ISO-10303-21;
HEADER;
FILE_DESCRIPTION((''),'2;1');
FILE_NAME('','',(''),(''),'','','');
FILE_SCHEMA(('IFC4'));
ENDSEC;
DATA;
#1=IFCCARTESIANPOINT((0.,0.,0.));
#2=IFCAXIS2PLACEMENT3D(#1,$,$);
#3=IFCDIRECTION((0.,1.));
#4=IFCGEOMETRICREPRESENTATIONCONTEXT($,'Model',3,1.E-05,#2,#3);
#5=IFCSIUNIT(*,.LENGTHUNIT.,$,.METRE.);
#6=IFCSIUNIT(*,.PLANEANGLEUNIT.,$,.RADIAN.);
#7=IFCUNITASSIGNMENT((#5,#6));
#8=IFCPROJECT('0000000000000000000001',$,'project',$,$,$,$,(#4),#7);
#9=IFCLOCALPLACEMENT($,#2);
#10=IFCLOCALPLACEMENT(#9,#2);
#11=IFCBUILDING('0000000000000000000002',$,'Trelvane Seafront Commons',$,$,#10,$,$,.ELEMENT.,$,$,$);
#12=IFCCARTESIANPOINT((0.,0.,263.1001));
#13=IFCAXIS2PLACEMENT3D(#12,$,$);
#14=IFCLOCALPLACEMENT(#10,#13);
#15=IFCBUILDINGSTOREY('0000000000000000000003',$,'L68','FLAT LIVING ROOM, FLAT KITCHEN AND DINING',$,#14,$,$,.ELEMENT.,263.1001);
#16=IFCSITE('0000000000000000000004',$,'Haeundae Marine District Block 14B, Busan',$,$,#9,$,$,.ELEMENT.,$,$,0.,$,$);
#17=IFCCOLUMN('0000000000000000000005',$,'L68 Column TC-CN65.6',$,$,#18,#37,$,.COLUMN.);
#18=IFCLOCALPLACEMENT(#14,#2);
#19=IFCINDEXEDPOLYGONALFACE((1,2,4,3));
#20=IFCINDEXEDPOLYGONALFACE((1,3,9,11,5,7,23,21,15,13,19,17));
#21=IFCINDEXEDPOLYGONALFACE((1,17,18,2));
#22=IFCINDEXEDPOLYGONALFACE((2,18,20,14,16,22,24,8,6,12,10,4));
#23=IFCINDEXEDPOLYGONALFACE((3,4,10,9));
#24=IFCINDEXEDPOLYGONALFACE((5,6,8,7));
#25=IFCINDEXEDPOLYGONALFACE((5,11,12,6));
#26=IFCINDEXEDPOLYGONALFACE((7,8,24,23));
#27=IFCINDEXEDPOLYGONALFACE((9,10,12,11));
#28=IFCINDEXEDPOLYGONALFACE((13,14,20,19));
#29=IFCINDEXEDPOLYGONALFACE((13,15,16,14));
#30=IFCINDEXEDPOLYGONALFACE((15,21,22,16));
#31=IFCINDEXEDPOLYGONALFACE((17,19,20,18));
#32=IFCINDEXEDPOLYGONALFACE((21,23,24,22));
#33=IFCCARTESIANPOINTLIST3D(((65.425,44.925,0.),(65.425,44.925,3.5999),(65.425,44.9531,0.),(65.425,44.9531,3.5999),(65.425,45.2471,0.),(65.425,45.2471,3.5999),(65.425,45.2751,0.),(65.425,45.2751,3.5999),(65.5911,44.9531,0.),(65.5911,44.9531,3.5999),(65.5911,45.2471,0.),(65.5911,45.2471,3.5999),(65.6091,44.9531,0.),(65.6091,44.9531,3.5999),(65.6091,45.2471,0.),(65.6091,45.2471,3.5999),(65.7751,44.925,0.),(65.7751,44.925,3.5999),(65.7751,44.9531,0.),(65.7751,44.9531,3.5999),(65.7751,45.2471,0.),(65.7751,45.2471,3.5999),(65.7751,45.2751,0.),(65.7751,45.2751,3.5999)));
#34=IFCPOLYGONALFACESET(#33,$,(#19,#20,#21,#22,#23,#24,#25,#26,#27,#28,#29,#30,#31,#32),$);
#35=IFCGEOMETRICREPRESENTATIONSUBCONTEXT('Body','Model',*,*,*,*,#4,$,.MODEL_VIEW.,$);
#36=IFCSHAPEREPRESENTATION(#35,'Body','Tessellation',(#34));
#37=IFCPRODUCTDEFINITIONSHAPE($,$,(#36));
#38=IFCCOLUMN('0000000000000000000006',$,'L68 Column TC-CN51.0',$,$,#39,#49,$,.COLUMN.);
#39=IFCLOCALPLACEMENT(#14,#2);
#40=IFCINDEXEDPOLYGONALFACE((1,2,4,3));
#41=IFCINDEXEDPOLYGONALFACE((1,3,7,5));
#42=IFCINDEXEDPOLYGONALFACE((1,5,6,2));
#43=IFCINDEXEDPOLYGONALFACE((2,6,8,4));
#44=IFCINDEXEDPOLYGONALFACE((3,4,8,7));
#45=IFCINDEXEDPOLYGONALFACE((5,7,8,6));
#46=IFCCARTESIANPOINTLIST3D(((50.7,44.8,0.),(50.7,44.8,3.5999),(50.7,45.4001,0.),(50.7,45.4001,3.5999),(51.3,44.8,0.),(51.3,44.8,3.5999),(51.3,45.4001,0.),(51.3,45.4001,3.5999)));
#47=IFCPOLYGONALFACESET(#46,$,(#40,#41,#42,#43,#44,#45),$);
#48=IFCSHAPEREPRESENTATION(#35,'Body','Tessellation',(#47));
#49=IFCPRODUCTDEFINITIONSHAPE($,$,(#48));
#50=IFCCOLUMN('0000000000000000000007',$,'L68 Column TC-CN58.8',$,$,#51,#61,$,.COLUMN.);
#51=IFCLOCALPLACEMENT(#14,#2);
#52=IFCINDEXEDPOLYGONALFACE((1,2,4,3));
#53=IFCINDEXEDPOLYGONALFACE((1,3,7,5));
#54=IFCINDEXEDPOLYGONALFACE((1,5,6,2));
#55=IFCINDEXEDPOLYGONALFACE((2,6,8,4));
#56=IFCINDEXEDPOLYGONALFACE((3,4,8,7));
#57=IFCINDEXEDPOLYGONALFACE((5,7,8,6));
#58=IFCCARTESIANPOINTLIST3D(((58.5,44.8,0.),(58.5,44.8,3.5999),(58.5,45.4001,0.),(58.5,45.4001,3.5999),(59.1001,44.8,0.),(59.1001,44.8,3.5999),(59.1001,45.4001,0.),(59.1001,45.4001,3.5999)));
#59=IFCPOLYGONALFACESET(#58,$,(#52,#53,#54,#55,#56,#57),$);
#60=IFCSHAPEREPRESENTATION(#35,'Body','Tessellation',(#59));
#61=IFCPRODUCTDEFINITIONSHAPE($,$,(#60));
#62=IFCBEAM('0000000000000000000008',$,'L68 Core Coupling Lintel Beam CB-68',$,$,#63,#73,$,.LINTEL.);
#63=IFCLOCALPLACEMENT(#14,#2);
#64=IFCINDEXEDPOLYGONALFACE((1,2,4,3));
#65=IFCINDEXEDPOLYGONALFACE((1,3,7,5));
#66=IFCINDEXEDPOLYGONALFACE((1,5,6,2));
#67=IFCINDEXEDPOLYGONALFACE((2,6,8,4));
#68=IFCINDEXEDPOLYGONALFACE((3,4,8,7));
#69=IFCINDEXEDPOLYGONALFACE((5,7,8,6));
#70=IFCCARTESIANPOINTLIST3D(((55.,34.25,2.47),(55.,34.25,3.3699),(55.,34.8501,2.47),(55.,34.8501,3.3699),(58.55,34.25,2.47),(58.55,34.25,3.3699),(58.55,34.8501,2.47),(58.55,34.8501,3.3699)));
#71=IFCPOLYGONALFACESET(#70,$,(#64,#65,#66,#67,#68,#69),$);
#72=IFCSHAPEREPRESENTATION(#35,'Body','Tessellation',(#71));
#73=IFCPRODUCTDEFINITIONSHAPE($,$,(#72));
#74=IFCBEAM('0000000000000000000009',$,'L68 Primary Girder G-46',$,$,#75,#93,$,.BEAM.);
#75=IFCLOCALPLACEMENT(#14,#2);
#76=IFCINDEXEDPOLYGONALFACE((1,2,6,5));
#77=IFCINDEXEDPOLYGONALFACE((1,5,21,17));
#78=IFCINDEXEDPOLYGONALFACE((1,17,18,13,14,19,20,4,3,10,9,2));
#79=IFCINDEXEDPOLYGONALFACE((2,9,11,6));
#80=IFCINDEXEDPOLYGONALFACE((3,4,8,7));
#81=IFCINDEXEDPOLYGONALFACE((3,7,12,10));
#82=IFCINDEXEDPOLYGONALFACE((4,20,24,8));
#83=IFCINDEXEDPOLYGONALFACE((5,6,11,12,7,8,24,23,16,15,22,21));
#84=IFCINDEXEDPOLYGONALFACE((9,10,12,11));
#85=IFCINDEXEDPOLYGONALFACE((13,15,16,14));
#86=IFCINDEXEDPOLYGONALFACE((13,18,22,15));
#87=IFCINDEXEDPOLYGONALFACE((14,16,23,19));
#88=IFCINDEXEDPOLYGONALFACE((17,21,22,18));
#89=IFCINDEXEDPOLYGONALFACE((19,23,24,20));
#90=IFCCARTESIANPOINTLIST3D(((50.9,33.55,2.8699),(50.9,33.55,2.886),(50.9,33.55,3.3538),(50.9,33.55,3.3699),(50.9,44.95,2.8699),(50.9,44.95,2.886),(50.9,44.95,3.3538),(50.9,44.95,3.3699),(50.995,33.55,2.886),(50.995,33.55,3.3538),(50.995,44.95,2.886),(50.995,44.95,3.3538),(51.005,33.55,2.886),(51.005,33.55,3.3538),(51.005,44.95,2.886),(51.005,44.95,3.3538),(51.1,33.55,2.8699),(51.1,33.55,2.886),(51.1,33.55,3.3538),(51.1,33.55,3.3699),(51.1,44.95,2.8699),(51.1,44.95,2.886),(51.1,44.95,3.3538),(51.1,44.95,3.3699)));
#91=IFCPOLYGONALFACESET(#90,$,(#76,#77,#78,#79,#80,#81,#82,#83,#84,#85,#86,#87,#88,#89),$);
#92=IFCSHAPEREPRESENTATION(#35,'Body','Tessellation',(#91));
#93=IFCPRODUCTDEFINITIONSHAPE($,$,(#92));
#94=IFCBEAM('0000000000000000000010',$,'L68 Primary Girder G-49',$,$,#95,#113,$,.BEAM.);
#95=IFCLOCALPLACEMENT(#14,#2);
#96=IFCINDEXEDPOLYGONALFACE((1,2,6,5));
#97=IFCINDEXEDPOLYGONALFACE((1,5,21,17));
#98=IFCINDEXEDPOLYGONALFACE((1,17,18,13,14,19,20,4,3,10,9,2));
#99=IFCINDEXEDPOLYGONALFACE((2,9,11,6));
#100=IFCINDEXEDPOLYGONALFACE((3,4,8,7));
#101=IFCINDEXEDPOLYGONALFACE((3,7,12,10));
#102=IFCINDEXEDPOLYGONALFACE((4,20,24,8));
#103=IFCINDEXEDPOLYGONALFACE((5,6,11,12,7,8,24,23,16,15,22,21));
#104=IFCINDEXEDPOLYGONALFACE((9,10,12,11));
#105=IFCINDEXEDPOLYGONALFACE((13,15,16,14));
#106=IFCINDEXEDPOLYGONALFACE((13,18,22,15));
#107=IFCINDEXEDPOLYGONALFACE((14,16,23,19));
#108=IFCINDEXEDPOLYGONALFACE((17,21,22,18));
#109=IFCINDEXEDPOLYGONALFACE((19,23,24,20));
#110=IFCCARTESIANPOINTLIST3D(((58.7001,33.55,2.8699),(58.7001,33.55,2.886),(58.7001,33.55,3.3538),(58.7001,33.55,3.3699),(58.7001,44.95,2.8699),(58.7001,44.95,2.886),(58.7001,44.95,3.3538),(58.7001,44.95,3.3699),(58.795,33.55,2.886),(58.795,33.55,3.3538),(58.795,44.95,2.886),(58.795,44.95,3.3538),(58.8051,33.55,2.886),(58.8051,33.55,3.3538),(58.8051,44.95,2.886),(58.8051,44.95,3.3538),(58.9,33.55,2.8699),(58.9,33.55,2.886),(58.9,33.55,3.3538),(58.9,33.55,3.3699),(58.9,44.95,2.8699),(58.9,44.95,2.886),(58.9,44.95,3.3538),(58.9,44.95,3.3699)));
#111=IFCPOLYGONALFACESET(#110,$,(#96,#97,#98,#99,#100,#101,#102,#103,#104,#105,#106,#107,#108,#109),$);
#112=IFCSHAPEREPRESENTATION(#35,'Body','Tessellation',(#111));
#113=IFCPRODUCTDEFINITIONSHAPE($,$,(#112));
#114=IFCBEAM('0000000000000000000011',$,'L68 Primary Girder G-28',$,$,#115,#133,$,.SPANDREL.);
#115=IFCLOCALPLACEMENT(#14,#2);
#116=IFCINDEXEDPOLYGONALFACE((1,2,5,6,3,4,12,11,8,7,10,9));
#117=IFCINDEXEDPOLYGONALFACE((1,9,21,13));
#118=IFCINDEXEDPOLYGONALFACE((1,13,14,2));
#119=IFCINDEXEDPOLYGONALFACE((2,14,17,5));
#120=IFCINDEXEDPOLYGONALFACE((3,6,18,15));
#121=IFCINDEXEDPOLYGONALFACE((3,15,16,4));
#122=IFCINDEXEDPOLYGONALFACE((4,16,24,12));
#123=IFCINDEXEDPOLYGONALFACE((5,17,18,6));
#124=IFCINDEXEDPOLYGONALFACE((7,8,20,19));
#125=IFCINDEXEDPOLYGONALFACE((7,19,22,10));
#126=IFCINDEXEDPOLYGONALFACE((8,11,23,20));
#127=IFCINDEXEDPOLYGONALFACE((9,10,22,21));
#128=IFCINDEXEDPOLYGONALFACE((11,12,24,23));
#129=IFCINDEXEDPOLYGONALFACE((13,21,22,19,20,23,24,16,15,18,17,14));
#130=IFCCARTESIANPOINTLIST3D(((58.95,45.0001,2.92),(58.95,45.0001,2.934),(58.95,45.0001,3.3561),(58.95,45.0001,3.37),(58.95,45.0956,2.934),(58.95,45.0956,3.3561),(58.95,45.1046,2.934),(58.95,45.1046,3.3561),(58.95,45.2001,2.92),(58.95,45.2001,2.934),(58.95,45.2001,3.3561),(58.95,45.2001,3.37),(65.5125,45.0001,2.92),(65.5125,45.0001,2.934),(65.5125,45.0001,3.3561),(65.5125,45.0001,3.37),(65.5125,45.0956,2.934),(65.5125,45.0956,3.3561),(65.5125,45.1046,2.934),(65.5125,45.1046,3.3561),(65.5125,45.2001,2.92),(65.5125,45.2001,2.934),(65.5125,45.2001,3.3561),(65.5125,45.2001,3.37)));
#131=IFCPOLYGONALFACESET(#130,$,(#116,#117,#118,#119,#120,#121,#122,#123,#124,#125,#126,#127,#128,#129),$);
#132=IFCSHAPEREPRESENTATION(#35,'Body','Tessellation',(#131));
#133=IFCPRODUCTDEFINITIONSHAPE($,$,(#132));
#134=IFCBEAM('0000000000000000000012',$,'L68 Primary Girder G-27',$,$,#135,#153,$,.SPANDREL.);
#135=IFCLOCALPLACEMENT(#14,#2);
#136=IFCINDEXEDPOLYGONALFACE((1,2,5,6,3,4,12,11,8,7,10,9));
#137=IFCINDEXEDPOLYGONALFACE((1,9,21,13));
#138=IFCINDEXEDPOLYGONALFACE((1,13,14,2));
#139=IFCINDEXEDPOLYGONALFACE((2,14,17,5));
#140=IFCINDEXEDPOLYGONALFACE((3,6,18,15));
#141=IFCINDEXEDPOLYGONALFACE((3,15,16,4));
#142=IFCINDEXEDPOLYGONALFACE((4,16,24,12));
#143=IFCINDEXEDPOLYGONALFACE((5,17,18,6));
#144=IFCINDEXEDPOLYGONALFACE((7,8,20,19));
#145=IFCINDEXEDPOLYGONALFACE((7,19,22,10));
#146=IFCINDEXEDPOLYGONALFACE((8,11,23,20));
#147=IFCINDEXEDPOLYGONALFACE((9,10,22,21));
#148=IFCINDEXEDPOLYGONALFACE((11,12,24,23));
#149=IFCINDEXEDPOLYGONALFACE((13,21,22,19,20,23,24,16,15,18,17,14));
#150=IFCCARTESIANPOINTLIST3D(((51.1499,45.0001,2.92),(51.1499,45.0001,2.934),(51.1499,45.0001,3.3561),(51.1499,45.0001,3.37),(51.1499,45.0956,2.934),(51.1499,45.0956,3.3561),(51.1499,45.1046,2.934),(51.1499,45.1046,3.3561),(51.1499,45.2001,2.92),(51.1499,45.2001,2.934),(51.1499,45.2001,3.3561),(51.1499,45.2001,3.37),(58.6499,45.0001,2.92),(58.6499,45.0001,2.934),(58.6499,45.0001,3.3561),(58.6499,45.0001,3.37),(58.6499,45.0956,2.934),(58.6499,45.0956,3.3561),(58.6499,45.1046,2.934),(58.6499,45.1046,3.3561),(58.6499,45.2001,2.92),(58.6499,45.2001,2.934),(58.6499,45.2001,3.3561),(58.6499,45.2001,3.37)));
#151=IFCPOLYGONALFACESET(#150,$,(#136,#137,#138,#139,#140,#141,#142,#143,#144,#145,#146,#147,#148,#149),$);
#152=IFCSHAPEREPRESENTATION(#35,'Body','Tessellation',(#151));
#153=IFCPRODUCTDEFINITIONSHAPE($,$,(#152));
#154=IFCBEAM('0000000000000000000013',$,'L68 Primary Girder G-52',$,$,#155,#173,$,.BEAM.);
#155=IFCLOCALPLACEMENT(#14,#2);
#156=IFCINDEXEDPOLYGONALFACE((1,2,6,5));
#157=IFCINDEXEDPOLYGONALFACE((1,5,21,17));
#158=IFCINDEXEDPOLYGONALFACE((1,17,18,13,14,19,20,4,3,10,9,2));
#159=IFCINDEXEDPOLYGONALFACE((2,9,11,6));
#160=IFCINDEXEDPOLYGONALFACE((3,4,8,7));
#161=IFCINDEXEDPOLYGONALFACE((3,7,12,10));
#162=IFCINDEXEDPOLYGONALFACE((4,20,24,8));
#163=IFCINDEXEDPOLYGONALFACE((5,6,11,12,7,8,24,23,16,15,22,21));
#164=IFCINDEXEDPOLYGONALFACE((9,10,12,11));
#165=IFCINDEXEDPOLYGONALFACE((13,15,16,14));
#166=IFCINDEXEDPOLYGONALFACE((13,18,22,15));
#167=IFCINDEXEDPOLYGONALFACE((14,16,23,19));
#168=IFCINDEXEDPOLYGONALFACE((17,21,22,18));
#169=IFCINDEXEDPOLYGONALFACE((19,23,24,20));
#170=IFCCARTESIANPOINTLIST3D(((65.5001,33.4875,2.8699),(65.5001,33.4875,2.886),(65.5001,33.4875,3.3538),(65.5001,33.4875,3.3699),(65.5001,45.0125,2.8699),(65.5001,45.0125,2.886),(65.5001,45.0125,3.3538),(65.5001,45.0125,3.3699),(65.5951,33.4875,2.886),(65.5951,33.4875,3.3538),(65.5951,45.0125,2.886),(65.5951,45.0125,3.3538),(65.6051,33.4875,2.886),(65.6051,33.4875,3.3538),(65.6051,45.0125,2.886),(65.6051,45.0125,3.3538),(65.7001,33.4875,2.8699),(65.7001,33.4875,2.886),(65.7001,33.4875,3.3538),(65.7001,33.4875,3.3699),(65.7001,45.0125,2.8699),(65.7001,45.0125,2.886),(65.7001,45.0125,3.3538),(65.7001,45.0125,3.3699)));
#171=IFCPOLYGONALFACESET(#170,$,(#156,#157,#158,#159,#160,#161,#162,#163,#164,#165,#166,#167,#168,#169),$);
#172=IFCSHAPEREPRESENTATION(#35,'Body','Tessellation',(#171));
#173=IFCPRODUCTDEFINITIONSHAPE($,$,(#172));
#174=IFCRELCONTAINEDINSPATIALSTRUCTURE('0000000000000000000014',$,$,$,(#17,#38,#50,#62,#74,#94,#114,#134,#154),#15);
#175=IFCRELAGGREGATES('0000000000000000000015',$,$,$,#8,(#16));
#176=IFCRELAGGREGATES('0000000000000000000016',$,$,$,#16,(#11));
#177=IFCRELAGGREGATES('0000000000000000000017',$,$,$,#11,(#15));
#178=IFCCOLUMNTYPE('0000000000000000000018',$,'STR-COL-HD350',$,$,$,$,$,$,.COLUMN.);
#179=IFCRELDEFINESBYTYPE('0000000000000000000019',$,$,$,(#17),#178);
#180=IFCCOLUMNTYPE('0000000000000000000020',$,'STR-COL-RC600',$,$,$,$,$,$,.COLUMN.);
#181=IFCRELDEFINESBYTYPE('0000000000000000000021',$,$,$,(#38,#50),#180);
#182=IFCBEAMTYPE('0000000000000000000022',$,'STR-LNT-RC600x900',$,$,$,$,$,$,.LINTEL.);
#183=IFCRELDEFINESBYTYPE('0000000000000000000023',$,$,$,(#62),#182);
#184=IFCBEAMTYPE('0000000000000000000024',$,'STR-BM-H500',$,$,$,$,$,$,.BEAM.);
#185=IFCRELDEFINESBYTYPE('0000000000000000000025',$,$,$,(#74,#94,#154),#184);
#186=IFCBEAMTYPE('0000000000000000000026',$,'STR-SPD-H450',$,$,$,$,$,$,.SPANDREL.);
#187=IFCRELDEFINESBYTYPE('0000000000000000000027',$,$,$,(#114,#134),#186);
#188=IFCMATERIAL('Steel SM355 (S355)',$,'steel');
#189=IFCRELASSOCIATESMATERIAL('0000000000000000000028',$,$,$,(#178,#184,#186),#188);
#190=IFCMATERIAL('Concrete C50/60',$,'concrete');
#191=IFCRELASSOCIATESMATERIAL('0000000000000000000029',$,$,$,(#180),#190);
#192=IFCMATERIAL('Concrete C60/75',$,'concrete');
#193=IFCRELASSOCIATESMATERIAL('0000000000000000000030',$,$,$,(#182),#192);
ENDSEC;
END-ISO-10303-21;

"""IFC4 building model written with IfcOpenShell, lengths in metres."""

from ifc_helpers import new_model, si_unit, direction, frame, origin, origin_2d, place, context, subcontext, project, spatial, rectangle, i_section, extrude, source, transform, mapped, material, material_profile, profile_set, type_object, element, save


model = new_model("IFC4")

# Units and contexts
model_context = context("Model", 3, precision=1e-05, world=origin(), true_north=direction((0.0, 1.0)))
body_context = subcontext(model_context, "Body", "Model", "MODEL_VIEW")
ifc_project = project(units=[si_unit("LENGTHUNIT", "METRE"), si_unit("PLANEANGLEUNIT", "RADIAN")], contexts=[model_context])

# Site, building, storey
site_placement = place(None, origin())
site = spatial("IfcSite", under=ifc_project, at=site_placement, Name="Haeundae Marine District Block 14B, Busan", CompositionType="ELEMENT", RefElevation=0.0)
building_placement = place(site_placement, origin())
building = spatial("IfcBuilding", under=site, at=building_placement, Name="Trelvane Seafront Commons", CompositionType="ELEMENT")
storey_placement = place(building_placement, frame((0.0, 0.0, 263.1001)))
storey = spatial("IfcBuildingStorey", under=building, at=storey_placement, Name="L68", Description="FLAT LIVING ROOM, FLAT KITCHEN AND DINING", CompositionType="ELEMENT", Elevation=263.1001)

# Columns
ifc_material_1 = material(Name="Steel SM355 (S355)", Category="steel")
ifc_material_profile_1 = material_profile(ifc_material_1, i_section(OverallWidth=0.3501, OverallDepth=0.3501, WebThickness=0.0181, FlangeThickness=0.0281, at=origin_2d()), Name="HD-350x350x18x28")
ifc_profile_set_1 = profile_set([ifc_material_profile_1], Name="Steel SM355 (S355)")
column_type_1 = type_object("IfcColumnType", Name="STR-COL-HD350", PredefinedType="COLUMN", material=ifc_profile_set_1)
shared_shape_1 = source(origin(), body_context, "Body", "SweptSolid", [
    extrude(i_section(OverallWidth=0.3501, OverallDepth=0.3501, WebThickness=0.0181, FlangeThickness=0.0281, at=origin_2d()), origin(), (0.0, 0.0, 1.0), 3.5999),
])
column_placement = place(storey_placement, frame((65.6001, 45.1001, 0.0), z_axis=(0.0, 0.0, 1.0), x_axis=(1.0, 0.0, 0.0)))
element("IfcColumn", 1, at=column_placement, inside=storey, type_object=column_type_1, Name="L68 Column TC-CN65.6", PredefinedType="COLUMN", context=body_context, shape_type="MappedRepresentation", body=[
    mapped(shared_shape_1, transform((0.0, 0.0, 0.0), x_axis=(1.0, 0.0, 0.0), y_axis=(0.0, 1.0, 0.0), z_axis=(0.0, 0.0, 1.0), scale=1.0)),
])
ifc_material_2 = material(Name="Concrete C50/60", Category="concrete")
ifc_material_profile_2 = material_profile(ifc_material_2, rectangle(XDim=0.6001, YDim=0.6001, at=origin_2d()), Name="RC-600x600")
ifc_profile_set_2 = profile_set([ifc_material_profile_2], Name="Concrete C50/60")
column_type_2 = type_object("IfcColumnType", Name="STR-COL-RC600", PredefinedType="COLUMN", material=ifc_profile_set_2)
shared_shape_2 = source(origin(), body_context, "Body", "SweptSolid", [
    extrude(rectangle(XDim=0.6001, YDim=0.6001, at=origin_2d()), origin(), (0.0, 0.0, 1.0), 3.5999),
])
for number, where, z_axis, x_axis, name in (
    (2, (51.0, 45.1001, 0.0), (0.0, 0.0, 1.0), (1.0, 0.0, 0.0), "L68 Column TC-CN51.0"),
    (3, (58.8, 45.1001, 0.0), (0.0, 0.0, 1.0), (1.0, 0.0, 0.0), "L68 Column TC-CN58.8"),
):
    element("IfcColumn", number, at=place(storey_placement, frame(where, z_axis=z_axis, x_axis=x_axis)), inside=storey, type_object=column_type_2, Name=name, PredefinedType="COLUMN", context=body_context, shape_type="MappedRepresentation", body=[
        mapped(shared_shape_2, transform((0.0, 0.0, 0.0), x_axis=(1.0, 0.0, 0.0), y_axis=(0.0, 1.0, 0.0), z_axis=(0.0, 0.0, 1.0), scale=1.0)),
    ])

# Beams
ifc_material_3 = material(Name="Concrete C60/75", Category="concrete")
ifc_material_profile_3 = material_profile(ifc_material_3, rectangle(XDim=0.6001, YDim=0.8999, at=origin_2d()), Name="RC-600x900")
ifc_profile_set_3 = profile_set([ifc_material_profile_3], Name="Concrete C60/75")
beam_type_1 = type_object("IfcBeamType", Name="STR-LNT-RC600x900", PredefinedType="LINTEL", material=ifc_profile_set_3)
shared_shape_3 = source(origin(), body_context, "Body", "SweptSolid", [
    extrude(rectangle(XDim=0.6001, YDim=0.8999, at=origin_2d()), origin(), (0.0, 0.0, 1.0), 3.55),
])
beam_1_placement = place(storey_placement, frame((55.0, 34.55, 2.9199), z_axis=(1.0, 0.0, 0.0), x_axis=(0.0, 1.0, 0.0)))
element("IfcBeam", 4, at=beam_1_placement, inside=storey, type_object=beam_type_1, Name="L68 Core Coupling Lintel Beam CB-68", PredefinedType="LINTEL", context=body_context, shape_type="MappedRepresentation", body=[
    mapped(shared_shape_3, transform((0.0, 0.0, 0.0), x_axis=(1.0, 0.0, 0.0), y_axis=(0.0, 1.0, 0.0), z_axis=(0.0, 0.0, 1.0), scale=1.0)),
])
ifc_material_profile_4 = material_profile(ifc_material_1, i_section(OverallWidth=0.2, OverallDepth=0.5, WebThickness=0.01, FlangeThickness=0.0161, at=origin_2d()), Name="H-500x200x10x16")
ifc_profile_set_4 = profile_set([ifc_material_profile_4], Name="Steel SM355 (S355)")
beam_type_2 = type_object("IfcBeamType", Name="STR-BM-H500", PredefinedType="BEAM", material=ifc_profile_set_4)
shared_shape_4 = source(origin(), body_context, "Body", "SweptSolid", [
    extrude(i_section(OverallWidth=0.2, OverallDepth=0.5, WebThickness=0.01, FlangeThickness=0.0161, at=origin_2d()), origin(), (0.0, 0.0, 1.0), 11.3999),
])
for number, where, z_axis, x_axis, name in (
    (5, (51.0, 33.55, 3.1199), (0.0, 1.0, 0.0), (-1.0, 0.0, 0.0), "L68 Primary Girder G-46"),
    (6, (58.8, 33.55, 3.1199), (0.0, 1.0, 0.0), (-1.0, 0.0, 0.0), "L68 Primary Girder G-49"),
):
    element("IfcBeam", number, at=place(storey_placement, frame(where, z_axis=z_axis, x_axis=x_axis)), inside=storey, type_object=beam_type_2, Name=name, PredefinedType="BEAM", context=body_context, shape_type="MappedRepresentation", body=[
        mapped(shared_shape_4, transform((0.0, 0.0, 0.0), x_axis=(1.0, 0.0, 0.0), y_axis=(0.0, 1.0, 0.0), z_axis=(0.0, 0.0, 1.0), scale=1.0)),
    ])
ifc_material_profile_5 = material_profile(ifc_material_1, i_section(OverallWidth=0.2, OverallDepth=0.45, WebThickness=0.009, FlangeThickness=0.0139, at=origin_2d()), Name="H-450x200x9x14")
ifc_profile_set_5 = profile_set([ifc_material_profile_5], Name="Steel SM355 (S355)")
beam_type_3 = type_object("IfcBeamType", Name="STR-SPD-H450", PredefinedType="SPANDREL", material=ifc_profile_set_5)
shared_shape_5 = source(origin(), body_context, "Body", "SweptSolid", [
    extrude(i_section(OverallWidth=0.2, OverallDepth=0.45, WebThickness=0.009, FlangeThickness=0.0139, at=origin_2d()), origin(), (0.0, 0.0, 1.0), 6.5625),
])
beam_2_placement = place(storey_placement, frame((58.95, 45.1001, 3.145), z_axis=(1.0, 0.0, 0.0), x_axis=(0.0, 1.0, 0.0)))
element("IfcBeam", 7, at=beam_2_placement, inside=storey, type_object=beam_type_3, Name="L68 Primary Girder G-28", PredefinedType="SPANDREL", context=body_context, shape_type="MappedRepresentation", body=[
    mapped(shared_shape_5, transform((0.0, 0.0, 0.0), x_axis=(1.0, 0.0, 0.0), y_axis=(0.0, 1.0, 0.0), z_axis=(0.0, 0.0, 1.0), scale=1.0)),
])
shared_shape_6 = source(origin(), body_context, "Body", "SweptSolid", [
    extrude(i_section(OverallWidth=0.2, OverallDepth=0.45, WebThickness=0.009, FlangeThickness=0.0139, at=origin_2d()), origin(), (0.0, 0.0, 1.0), 7.5),
])
beam_3_placement = place(storey_placement, frame((51.1499, 45.1001, 3.145), z_axis=(1.0, 0.0, 0.0), x_axis=(0.0, 1.0, 0.0)))
element("IfcBeam", 8, at=beam_3_placement, inside=storey, type_object=beam_type_3, Name="L68 Primary Girder G-27", PredefinedType="SPANDREL", context=body_context, shape_type="MappedRepresentation", body=[
    mapped(shared_shape_6, transform((0.0, 0.0, 0.0), x_axis=(1.0, 0.0, 0.0), y_axis=(0.0, 1.0, 0.0), z_axis=(0.0, 0.0, 1.0), scale=1.0)),
])
shared_shape_7 = source(origin(), body_context, "Body", "SweptSolid", [
    extrude(i_section(OverallWidth=0.2, OverallDepth=0.5, WebThickness=0.01, FlangeThickness=0.0161, at=origin_2d()), origin(), (0.0, 0.0, 1.0), 11.5249),
])
beam_4_placement = place(storey_placement, frame((65.6001, 33.4875, 3.1199), z_axis=(0.0, 1.0, 0.0), x_axis=(-1.0, 0.0, 0.0)))
element("IfcBeam", 9, at=beam_4_placement, inside=storey, type_object=beam_type_2, Name="L68 Primary Girder G-52", PredefinedType="BEAM", context=body_context, shape_type="MappedRepresentation", body=[
    mapped(shared_shape_7, transform((0.0, 0.0, 0.0), x_axis=(1.0, 0.0, 0.0), y_axis=(0.0, 1.0, 0.0), z_axis=(0.0, 0.0, 1.0), scale=1.0)),
])

save(model, "model.ifc")
